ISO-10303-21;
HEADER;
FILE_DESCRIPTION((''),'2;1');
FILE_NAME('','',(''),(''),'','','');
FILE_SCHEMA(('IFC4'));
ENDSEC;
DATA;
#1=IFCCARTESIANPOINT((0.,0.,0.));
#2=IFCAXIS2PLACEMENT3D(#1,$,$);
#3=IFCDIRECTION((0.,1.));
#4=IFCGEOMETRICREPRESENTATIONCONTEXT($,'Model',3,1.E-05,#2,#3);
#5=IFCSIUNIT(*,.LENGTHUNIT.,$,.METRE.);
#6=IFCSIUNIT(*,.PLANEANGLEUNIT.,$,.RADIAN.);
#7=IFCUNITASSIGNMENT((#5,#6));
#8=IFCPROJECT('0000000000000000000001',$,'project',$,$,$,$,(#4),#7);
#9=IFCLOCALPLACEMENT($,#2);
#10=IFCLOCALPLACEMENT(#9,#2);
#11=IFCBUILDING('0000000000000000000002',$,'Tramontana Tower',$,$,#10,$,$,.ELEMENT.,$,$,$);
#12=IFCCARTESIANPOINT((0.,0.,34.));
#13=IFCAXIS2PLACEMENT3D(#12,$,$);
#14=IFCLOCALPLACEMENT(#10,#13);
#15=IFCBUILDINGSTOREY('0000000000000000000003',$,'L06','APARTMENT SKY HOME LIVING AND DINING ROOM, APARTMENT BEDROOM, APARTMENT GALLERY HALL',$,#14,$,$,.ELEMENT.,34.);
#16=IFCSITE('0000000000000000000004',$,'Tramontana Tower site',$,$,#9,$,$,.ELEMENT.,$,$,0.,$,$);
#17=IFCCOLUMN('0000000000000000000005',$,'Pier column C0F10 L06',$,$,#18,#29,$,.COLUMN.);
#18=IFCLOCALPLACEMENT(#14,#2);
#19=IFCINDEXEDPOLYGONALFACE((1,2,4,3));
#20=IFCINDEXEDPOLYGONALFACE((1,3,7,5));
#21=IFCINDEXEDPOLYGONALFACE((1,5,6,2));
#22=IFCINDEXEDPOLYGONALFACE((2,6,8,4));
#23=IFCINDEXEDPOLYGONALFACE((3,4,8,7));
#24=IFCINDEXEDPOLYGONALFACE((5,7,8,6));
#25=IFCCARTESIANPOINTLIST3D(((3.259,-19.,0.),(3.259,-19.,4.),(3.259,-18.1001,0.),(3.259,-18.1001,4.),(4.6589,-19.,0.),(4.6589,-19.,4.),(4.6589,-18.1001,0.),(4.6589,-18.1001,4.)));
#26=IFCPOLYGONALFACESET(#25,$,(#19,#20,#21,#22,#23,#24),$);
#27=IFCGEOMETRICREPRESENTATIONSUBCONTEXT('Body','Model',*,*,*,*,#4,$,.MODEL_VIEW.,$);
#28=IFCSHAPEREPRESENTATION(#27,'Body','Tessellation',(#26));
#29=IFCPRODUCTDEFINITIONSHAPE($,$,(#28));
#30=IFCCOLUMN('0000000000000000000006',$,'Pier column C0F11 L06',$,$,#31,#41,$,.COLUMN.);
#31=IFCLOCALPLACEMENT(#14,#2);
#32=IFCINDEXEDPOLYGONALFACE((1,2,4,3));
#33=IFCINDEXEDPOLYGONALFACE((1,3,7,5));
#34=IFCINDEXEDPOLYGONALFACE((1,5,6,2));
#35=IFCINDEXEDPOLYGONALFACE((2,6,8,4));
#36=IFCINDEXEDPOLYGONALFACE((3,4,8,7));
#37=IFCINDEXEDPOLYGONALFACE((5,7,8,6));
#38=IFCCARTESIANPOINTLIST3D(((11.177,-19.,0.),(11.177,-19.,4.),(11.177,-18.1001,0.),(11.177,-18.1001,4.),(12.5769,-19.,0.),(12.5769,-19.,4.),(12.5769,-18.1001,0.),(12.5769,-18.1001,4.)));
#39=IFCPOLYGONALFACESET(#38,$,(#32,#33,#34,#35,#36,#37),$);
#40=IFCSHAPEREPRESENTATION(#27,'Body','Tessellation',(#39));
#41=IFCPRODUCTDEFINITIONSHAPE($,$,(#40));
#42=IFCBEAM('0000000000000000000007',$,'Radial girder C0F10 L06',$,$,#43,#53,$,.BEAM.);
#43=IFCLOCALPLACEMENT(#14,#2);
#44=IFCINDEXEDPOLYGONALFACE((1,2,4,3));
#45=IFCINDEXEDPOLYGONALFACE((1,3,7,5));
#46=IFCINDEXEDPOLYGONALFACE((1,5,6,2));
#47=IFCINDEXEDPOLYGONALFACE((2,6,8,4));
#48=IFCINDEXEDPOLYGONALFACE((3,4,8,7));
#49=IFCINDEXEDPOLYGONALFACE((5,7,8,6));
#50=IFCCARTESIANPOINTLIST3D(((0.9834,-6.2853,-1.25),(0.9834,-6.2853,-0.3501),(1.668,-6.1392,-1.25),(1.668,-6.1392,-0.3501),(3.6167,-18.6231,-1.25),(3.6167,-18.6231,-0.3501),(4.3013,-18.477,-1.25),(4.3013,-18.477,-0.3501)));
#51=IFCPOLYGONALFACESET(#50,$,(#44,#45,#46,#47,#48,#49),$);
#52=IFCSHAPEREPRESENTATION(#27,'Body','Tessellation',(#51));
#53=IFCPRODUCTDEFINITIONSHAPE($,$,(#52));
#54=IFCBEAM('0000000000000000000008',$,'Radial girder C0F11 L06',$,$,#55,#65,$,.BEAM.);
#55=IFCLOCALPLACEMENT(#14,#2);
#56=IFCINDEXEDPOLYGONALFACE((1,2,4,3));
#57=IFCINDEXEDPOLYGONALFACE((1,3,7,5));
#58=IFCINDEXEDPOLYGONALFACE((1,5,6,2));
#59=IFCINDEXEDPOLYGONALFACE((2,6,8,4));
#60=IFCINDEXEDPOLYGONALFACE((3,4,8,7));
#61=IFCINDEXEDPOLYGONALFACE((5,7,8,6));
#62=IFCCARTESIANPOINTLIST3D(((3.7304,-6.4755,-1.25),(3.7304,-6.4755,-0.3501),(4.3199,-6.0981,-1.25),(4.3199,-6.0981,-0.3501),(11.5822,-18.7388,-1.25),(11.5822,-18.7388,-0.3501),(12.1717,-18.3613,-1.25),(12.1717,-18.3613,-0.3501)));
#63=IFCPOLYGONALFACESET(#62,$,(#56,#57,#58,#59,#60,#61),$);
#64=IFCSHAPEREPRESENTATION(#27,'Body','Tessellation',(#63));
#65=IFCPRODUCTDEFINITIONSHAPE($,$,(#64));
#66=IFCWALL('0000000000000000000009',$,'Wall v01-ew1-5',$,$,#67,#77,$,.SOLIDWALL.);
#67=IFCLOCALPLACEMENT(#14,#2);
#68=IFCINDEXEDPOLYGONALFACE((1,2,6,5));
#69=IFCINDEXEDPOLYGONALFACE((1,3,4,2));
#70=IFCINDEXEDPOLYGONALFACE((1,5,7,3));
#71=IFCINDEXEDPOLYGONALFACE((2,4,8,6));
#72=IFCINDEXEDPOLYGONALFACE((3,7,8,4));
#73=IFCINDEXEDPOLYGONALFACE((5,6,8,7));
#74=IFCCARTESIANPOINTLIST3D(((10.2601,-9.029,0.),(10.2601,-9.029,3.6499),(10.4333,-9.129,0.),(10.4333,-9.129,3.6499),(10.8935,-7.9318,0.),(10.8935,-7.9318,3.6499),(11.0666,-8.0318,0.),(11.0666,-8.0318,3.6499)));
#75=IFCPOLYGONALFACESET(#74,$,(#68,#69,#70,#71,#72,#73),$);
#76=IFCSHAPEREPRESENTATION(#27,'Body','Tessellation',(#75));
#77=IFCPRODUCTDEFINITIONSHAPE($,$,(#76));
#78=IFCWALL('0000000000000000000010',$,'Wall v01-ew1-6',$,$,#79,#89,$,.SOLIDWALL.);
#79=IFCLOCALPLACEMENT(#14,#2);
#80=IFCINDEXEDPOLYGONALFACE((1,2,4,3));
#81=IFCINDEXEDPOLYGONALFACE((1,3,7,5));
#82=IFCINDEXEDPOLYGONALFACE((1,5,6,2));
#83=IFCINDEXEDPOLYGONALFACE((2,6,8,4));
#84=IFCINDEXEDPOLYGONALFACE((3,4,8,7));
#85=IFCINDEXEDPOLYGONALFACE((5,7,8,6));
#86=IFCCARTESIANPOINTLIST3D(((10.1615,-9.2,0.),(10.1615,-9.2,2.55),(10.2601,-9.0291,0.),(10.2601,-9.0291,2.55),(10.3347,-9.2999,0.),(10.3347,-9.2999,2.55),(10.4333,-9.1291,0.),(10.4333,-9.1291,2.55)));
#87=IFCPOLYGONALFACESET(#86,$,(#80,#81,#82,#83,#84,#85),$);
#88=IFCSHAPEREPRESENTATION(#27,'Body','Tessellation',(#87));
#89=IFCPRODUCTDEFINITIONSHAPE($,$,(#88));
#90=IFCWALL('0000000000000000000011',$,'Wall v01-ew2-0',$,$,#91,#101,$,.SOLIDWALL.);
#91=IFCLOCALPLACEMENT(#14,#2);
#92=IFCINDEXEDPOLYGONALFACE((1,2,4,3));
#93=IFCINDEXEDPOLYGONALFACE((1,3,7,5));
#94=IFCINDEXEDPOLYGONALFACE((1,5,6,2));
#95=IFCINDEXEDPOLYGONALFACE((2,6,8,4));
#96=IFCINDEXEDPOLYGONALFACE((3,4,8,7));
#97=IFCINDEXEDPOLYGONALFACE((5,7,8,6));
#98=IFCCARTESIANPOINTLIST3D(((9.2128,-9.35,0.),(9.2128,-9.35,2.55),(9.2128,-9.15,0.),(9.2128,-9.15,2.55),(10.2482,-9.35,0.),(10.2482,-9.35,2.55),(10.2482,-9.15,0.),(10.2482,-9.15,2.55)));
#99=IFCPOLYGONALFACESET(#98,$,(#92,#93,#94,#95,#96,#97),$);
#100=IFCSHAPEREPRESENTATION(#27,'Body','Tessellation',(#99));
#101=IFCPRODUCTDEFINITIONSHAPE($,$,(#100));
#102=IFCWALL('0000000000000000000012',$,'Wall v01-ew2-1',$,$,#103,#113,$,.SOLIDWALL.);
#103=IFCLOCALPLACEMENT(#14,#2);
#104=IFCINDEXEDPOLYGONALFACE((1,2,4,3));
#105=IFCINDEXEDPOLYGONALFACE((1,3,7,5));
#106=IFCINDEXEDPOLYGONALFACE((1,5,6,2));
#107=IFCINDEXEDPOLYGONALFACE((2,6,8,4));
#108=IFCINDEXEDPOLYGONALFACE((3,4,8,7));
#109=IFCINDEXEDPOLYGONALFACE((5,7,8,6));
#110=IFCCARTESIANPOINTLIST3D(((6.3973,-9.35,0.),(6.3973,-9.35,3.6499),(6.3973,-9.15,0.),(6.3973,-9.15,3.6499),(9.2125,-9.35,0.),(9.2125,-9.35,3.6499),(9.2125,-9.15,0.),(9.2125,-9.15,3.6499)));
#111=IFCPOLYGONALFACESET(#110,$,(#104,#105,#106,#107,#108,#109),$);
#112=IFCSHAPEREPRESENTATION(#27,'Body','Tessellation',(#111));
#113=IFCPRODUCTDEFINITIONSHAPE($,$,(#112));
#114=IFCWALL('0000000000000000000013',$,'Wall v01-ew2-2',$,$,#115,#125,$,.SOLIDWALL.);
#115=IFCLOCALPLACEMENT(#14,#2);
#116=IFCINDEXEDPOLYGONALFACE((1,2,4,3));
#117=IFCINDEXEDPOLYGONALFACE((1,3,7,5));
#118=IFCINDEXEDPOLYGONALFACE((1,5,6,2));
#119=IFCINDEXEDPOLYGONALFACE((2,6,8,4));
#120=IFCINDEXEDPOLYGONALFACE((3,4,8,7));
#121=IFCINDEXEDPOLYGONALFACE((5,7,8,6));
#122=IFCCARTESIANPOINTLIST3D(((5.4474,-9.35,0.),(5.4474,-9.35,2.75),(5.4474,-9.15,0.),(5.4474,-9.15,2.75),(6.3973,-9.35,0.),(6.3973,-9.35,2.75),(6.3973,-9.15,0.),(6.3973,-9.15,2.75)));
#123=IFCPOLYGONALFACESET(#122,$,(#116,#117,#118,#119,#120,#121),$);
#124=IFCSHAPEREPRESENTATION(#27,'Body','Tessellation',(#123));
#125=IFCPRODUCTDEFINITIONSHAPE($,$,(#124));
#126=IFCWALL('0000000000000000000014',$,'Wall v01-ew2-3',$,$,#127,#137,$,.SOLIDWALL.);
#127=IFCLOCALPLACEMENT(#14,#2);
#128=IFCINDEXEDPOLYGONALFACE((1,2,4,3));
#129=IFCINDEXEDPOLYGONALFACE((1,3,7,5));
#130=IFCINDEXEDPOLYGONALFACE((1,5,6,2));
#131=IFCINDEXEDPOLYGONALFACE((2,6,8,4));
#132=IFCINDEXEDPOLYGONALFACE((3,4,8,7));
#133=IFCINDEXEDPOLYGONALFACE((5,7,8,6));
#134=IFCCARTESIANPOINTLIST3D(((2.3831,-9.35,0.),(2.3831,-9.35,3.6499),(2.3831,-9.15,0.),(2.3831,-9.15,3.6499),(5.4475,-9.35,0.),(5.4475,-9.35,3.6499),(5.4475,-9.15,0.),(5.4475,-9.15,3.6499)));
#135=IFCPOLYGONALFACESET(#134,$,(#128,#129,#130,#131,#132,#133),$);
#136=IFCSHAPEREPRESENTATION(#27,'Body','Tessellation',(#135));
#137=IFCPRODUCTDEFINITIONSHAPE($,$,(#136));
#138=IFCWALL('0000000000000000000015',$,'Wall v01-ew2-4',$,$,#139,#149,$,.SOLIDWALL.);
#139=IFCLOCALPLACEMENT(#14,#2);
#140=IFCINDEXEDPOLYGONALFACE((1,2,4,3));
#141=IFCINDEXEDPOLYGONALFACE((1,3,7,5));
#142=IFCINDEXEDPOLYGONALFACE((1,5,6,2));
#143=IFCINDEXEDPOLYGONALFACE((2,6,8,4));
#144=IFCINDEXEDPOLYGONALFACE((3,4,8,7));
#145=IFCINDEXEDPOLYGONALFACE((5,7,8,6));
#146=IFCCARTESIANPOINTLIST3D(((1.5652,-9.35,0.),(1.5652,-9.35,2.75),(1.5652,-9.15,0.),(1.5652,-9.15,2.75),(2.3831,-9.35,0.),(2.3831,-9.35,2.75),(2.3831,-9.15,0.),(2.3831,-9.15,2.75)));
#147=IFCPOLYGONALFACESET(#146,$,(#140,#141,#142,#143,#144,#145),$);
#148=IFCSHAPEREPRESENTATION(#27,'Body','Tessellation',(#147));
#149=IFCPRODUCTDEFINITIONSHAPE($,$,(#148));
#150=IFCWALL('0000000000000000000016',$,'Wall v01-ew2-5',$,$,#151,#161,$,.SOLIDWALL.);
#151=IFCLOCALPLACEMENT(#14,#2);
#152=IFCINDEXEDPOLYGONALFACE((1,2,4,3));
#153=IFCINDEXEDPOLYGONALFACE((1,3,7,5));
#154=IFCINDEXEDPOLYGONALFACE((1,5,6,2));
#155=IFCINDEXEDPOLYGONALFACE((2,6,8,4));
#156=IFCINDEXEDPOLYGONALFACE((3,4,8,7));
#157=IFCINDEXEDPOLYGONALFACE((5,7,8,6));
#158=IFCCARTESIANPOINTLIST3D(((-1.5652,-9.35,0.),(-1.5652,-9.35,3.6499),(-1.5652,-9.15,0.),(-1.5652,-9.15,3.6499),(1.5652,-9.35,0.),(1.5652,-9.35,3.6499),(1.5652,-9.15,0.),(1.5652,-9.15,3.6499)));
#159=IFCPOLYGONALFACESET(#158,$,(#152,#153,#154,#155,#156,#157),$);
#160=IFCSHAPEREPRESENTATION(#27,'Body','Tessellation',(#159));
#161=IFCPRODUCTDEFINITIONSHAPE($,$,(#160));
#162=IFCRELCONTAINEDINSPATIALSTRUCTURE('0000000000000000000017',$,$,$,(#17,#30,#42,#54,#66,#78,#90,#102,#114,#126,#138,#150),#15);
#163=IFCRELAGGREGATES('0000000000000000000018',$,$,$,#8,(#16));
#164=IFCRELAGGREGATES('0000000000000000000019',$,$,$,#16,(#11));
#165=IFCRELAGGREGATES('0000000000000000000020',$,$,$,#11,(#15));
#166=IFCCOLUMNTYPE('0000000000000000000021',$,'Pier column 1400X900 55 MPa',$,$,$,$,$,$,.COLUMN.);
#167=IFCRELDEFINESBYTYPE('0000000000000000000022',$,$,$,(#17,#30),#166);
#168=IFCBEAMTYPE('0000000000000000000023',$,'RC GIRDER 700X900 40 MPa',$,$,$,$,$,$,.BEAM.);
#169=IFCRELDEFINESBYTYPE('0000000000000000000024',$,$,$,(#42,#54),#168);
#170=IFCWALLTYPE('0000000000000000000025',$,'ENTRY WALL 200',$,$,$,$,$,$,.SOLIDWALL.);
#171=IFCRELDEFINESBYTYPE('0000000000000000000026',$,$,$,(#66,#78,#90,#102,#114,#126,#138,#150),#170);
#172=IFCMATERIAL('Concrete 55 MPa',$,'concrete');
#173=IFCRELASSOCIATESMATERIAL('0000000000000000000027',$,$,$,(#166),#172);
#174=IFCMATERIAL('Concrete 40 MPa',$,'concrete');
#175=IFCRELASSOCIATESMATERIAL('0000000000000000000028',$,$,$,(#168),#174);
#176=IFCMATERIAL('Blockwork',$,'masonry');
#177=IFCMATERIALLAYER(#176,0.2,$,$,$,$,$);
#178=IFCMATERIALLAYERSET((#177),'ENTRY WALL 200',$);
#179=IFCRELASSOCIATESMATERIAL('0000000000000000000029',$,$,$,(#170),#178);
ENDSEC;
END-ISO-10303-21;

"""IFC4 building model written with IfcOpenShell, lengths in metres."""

from ifc_helpers import new_model, si_unit, direction, frame, frame_2d, origin, origin_2d, place, context, subcontext, project, spatial, rectangle, extrude, material, layer, layer_set, material_profile, profile_set, type_object, element, save


model = new_model("IFC4")

# Units and contexts
model_context = context("Model", 3, precision=1e-05, world=origin(), true_north=direction((0.0, 1.0)))
body_context = subcontext(model_context, "Body", "Model", "MODEL_VIEW")
ifc_project = project(units=[si_unit("LENGTHUNIT", "METRE"), si_unit("PLANEANGLEUNIT", "RADIAN")], contexts=[model_context])

# Site, building, storey
site_placement = place(None, origin())
site = spatial("IfcSite", under=ifc_project, at=site_placement, Name="Tramontana Tower site", CompositionType="ELEMENT", RefElevation=0.0)
building_placement = place(site_placement, origin())
building = spatial("IfcBuilding", under=site, at=building_placement, Name="Tramontana Tower", CompositionType="ELEMENT")
storey_placement = place(building_placement, frame((0.0, 0.0, 34.0)))
storey = spatial("IfcBuildingStorey", under=building, at=storey_placement, Name="L06", Description="APARTMENT SKY HOME LIVING AND DINING ROOM, APARTMENT BEDROOM, APARTMENT GALLERY HALL", CompositionType="ELEMENT", Elevation=34.0)

# Columns
ifc_material_1 = material(Name="Concrete 55 MPa", Category="concrete")
ifc_material_profile_1 = material_profile(ifc_material_1, rectangle(XDim=1.3999, YDim=0.8999, at=origin_2d()), Name="Pier column 1400X900 55 MPa")
ifc_profile_set_1 = profile_set([ifc_material_profile_1], Name="Concrete 55 MPa")
column_type = type_object("IfcColumnType", Name="Pier column 1400X900 55 MPa", PredefinedType="COLUMN", material=ifc_profile_set_1)
for number, where, z_axis, x_axis, name in (
    (1, (3.959, -18.55, 0.0), (0.0, 0.0, 1.0), (1.0, 0.0, 0.0), "Pier column C0F10 L06"),
    (2, (11.877, -18.55, 0.0), (0.0, 0.0, 1.0), (1.0, 0.0, 0.0), "Pier column C0F11 L06"),
):
    element("IfcColumn", number, at=place(storey_placement, frame(where, z_axis=z_axis, x_axis=x_axis)), inside=storey, type_object=column_type, Name=name, PredefinedType="COLUMN", context=body_context, shape_type="SweptSolid", body=[
        extrude(rectangle(XDim=1.3999, YDim=0.8999, at=origin_2d()), origin(), (0.0, 0.0, 1.0), 4.0),
    ])

# Beams
ifc_material_2 = material(Name="Concrete 40 MPa", Category="concrete")
ifc_material_profile_2 = material_profile(ifc_material_2, rectangle(XDim=0.7, YDim=0.8999, at=origin_2d()), Name="RC GIRDER 700X900 40 MPa")
ifc_profile_set_2 = profile_set([ifc_material_profile_2], Name="Concrete 40 MPa")
beam_type = type_object("IfcBeamType", Name="RC GIRDER 700X900 40 MPa", PredefinedType="BEAM", material=ifc_profile_set_2)
beam_1_placement = place(storey_placement, frame((3.959, -18.55, -0.8), z_axis=(-0.208731, 0.977973, 0.0), x_axis=(-0.977973, -0.208731, 0.0)))
element("IfcBeam", 3, at=beam_1_placement, inside=storey, type_object=beam_type, Name="Radial girder C0F10 L06", PredefinedType="BEAM", context=body_context, shape_type="SweptSolid", body=[
    extrude(rectangle(XDim=0.7, YDim=0.8999, at=origin_2d()), origin(), (0.0, 0.0, 1.0), 12.6157),
])
beam_2_placement = place(storey_placement, frame((11.877, -18.55, -0.8), z_axis=(-0.539218, 0.842166, 0.0), x_axis=(-0.842166, -0.539218, 0.0)))
element("IfcBeam", 4, at=beam_2_placement, inside=storey, type_object=beam_type, Name="Radial girder C0F11 L06", PredefinedType="BEAM", context=body_context, shape_type="SweptSolid", body=[
    extrude(rectangle(XDim=0.7, YDim=0.8999, at=origin_2d()), origin(), (0.0, 0.0, 1.0), 14.5615),
])

# Walls
ifc_material_3 = material(Name="Blockwork", Category="masonry")
ifc_layer_1 = layer(ifc_material_3, 0.2)
ifc_layer_set_1 = layer_set([ifc_layer_1], Name="ENTRY WALL 200")
wall_type_1 = type_object("IfcWallType", Name="ENTRY WALL 200", PredefinedType="SOLIDWALL", material=ifc_layer_set_1)
wall_1_placement = place(storey_placement, frame((10.98, -7.9819, 0.0), z_axis=(0.0, 0.0, 1.0), x_axis=(-0.499912, -0.866076, 0.0)))
element("IfcWall", 5, at=wall_1_placement, inside=storey, type_object=wall_type_1, Name="Wall v01-ew1-5", PredefinedType="SOLIDWALL", context=body_context, shape_type="SweptSolid", body=[
    extrude(rectangle(XDim=1.2668, YDim=0.2, at=frame_2d((0.6333, 0.0))), origin(), (0.0, 0.0, 1.0), 3.6499),
])
wall_2_placement = place(storey_placement, frame((10.3467, -9.0791, 0.0), z_axis=(0.0, 0.0, 1.0), x_axis=(-0.499865, -0.866103, 0.0)))
element("IfcWall", 6, at=wall_2_placement, inside=storey, type_object=wall_type_1, Name="Wall v01-ew1-6", PredefinedType="SOLIDWALL", context=body_context, shape_type="SweptSolid", body=[
    extrude(rectangle(XDim=0.1973, YDim=0.2, at=frame_2d((0.0986, 0.0))), origin(), (0.0, 0.0, 1.0), 2.55),
])
wall_3_placement = place(storey_placement, frame((10.248, -9.25, 0.0), z_axis=(0.0, 0.0, 1.0), x_axis=(-1.0, 0.0, 0.0)))
element("IfcWall", 7, at=wall_3_placement, inside=storey, type_object=wall_type_1, Name="Wall v01-ew2-0", PredefinedType="SOLIDWALL", context=body_context, shape_type="SweptSolid", body=[
    extrude(rectangle(XDim=1.0354, YDim=0.2, at=frame_2d((0.5176, 0.0))), origin(), (0.0, 0.0, 1.0), 2.55),
])
wall_4_placement = place(storey_placement, frame((9.2126, -9.25, 0.0), z_axis=(0.0, 0.0, 1.0), x_axis=(-1.0, 0.0, 0.0)))
element("IfcWall", 8, at=wall_4_placement, inside=storey, type_object=wall_type_1, Name="Wall v01-ew2-1", PredefinedType="SOLIDWALL", context=body_context, shape_type="SweptSolid", body=[
    extrude(rectangle(XDim=2.8152, YDim=0.2, at=frame_2d((1.4077, 0.0))), origin(), (0.0, 0.0, 1.0), 3.6499),
])
wall_5_placement = place(storey_placement, frame((6.3975, -9.25, 0.0), z_axis=(0.0, 0.0, 1.0), x_axis=(-1.0, 0.0, 0.0)))
element("IfcWall", 9, at=wall_5_placement, inside=storey, type_object=wall_type_1, Name="Wall v01-ew2-2", PredefinedType="SOLIDWALL", context=body_context, shape_type="SweptSolid", body=[
    extrude(rectangle(XDim=0.95, YDim=0.2, at=frame_2d((0.4751, 0.0))), origin(), (0.0, 0.0, 1.0), 2.75),
])
wall_6_placement = place(storey_placement, frame((5.4475, -9.25, 0.0), z_axis=(0.0, 0.0, 1.0), x_axis=(-1.0, 0.0, 0.0)))
element("IfcWall", 10, at=wall_6_placement, inside=storey, type_object=wall_type_1, Name="Wall v01-ew2-3", PredefinedType="SOLIDWALL", context=body_context, shape_type="SweptSolid", body=[
    extrude(rectangle(XDim=3.0645, YDim=0.2, at=frame_2d((1.5322, 0.0))), origin(), (0.0, 0.0, 1.0), 3.6499),
])
wall_7_placement = place(storey_placement, frame((2.3831, -9.25, 0.0), z_axis=(0.0, 0.0, 1.0), x_axis=(-1.0, 0.0, 0.0)))
element("IfcWall", 11, at=wall_7_placement, inside=storey, type_object=wall_type_1, Name="Wall v01-ew2-4", PredefinedType="SOLIDWALL", context=body_context, shape_type="SweptSolid", body=[
    extrude(rectangle(XDim=0.8179, YDim=0.2, at=frame_2d((0.4089, 0.0))), origin(), (0.0, 0.0, 1.0), 2.75),
])
wall_8_placement = place(storey_placement, frame((1.5652, -9.25, 0.0), z_axis=(0.0, 0.0, 1.0), x_axis=(-1.0, 0.0, 0.0)))
element("IfcWall", 12, at=wall_8_placement, inside=storey, type_object=wall_type_1, Name="Wall v01-ew2-5", PredefinedType="SOLIDWALL", context=body_context, shape_type="SweptSolid", body=[
    extrude(rectangle(XDim=3.1304, YDim=0.2, at=frame_2d((1.5652, 0.0))), origin(), (0.0, 0.0, 1.0), 3.6499),
])

save(model, "model.ifc")
